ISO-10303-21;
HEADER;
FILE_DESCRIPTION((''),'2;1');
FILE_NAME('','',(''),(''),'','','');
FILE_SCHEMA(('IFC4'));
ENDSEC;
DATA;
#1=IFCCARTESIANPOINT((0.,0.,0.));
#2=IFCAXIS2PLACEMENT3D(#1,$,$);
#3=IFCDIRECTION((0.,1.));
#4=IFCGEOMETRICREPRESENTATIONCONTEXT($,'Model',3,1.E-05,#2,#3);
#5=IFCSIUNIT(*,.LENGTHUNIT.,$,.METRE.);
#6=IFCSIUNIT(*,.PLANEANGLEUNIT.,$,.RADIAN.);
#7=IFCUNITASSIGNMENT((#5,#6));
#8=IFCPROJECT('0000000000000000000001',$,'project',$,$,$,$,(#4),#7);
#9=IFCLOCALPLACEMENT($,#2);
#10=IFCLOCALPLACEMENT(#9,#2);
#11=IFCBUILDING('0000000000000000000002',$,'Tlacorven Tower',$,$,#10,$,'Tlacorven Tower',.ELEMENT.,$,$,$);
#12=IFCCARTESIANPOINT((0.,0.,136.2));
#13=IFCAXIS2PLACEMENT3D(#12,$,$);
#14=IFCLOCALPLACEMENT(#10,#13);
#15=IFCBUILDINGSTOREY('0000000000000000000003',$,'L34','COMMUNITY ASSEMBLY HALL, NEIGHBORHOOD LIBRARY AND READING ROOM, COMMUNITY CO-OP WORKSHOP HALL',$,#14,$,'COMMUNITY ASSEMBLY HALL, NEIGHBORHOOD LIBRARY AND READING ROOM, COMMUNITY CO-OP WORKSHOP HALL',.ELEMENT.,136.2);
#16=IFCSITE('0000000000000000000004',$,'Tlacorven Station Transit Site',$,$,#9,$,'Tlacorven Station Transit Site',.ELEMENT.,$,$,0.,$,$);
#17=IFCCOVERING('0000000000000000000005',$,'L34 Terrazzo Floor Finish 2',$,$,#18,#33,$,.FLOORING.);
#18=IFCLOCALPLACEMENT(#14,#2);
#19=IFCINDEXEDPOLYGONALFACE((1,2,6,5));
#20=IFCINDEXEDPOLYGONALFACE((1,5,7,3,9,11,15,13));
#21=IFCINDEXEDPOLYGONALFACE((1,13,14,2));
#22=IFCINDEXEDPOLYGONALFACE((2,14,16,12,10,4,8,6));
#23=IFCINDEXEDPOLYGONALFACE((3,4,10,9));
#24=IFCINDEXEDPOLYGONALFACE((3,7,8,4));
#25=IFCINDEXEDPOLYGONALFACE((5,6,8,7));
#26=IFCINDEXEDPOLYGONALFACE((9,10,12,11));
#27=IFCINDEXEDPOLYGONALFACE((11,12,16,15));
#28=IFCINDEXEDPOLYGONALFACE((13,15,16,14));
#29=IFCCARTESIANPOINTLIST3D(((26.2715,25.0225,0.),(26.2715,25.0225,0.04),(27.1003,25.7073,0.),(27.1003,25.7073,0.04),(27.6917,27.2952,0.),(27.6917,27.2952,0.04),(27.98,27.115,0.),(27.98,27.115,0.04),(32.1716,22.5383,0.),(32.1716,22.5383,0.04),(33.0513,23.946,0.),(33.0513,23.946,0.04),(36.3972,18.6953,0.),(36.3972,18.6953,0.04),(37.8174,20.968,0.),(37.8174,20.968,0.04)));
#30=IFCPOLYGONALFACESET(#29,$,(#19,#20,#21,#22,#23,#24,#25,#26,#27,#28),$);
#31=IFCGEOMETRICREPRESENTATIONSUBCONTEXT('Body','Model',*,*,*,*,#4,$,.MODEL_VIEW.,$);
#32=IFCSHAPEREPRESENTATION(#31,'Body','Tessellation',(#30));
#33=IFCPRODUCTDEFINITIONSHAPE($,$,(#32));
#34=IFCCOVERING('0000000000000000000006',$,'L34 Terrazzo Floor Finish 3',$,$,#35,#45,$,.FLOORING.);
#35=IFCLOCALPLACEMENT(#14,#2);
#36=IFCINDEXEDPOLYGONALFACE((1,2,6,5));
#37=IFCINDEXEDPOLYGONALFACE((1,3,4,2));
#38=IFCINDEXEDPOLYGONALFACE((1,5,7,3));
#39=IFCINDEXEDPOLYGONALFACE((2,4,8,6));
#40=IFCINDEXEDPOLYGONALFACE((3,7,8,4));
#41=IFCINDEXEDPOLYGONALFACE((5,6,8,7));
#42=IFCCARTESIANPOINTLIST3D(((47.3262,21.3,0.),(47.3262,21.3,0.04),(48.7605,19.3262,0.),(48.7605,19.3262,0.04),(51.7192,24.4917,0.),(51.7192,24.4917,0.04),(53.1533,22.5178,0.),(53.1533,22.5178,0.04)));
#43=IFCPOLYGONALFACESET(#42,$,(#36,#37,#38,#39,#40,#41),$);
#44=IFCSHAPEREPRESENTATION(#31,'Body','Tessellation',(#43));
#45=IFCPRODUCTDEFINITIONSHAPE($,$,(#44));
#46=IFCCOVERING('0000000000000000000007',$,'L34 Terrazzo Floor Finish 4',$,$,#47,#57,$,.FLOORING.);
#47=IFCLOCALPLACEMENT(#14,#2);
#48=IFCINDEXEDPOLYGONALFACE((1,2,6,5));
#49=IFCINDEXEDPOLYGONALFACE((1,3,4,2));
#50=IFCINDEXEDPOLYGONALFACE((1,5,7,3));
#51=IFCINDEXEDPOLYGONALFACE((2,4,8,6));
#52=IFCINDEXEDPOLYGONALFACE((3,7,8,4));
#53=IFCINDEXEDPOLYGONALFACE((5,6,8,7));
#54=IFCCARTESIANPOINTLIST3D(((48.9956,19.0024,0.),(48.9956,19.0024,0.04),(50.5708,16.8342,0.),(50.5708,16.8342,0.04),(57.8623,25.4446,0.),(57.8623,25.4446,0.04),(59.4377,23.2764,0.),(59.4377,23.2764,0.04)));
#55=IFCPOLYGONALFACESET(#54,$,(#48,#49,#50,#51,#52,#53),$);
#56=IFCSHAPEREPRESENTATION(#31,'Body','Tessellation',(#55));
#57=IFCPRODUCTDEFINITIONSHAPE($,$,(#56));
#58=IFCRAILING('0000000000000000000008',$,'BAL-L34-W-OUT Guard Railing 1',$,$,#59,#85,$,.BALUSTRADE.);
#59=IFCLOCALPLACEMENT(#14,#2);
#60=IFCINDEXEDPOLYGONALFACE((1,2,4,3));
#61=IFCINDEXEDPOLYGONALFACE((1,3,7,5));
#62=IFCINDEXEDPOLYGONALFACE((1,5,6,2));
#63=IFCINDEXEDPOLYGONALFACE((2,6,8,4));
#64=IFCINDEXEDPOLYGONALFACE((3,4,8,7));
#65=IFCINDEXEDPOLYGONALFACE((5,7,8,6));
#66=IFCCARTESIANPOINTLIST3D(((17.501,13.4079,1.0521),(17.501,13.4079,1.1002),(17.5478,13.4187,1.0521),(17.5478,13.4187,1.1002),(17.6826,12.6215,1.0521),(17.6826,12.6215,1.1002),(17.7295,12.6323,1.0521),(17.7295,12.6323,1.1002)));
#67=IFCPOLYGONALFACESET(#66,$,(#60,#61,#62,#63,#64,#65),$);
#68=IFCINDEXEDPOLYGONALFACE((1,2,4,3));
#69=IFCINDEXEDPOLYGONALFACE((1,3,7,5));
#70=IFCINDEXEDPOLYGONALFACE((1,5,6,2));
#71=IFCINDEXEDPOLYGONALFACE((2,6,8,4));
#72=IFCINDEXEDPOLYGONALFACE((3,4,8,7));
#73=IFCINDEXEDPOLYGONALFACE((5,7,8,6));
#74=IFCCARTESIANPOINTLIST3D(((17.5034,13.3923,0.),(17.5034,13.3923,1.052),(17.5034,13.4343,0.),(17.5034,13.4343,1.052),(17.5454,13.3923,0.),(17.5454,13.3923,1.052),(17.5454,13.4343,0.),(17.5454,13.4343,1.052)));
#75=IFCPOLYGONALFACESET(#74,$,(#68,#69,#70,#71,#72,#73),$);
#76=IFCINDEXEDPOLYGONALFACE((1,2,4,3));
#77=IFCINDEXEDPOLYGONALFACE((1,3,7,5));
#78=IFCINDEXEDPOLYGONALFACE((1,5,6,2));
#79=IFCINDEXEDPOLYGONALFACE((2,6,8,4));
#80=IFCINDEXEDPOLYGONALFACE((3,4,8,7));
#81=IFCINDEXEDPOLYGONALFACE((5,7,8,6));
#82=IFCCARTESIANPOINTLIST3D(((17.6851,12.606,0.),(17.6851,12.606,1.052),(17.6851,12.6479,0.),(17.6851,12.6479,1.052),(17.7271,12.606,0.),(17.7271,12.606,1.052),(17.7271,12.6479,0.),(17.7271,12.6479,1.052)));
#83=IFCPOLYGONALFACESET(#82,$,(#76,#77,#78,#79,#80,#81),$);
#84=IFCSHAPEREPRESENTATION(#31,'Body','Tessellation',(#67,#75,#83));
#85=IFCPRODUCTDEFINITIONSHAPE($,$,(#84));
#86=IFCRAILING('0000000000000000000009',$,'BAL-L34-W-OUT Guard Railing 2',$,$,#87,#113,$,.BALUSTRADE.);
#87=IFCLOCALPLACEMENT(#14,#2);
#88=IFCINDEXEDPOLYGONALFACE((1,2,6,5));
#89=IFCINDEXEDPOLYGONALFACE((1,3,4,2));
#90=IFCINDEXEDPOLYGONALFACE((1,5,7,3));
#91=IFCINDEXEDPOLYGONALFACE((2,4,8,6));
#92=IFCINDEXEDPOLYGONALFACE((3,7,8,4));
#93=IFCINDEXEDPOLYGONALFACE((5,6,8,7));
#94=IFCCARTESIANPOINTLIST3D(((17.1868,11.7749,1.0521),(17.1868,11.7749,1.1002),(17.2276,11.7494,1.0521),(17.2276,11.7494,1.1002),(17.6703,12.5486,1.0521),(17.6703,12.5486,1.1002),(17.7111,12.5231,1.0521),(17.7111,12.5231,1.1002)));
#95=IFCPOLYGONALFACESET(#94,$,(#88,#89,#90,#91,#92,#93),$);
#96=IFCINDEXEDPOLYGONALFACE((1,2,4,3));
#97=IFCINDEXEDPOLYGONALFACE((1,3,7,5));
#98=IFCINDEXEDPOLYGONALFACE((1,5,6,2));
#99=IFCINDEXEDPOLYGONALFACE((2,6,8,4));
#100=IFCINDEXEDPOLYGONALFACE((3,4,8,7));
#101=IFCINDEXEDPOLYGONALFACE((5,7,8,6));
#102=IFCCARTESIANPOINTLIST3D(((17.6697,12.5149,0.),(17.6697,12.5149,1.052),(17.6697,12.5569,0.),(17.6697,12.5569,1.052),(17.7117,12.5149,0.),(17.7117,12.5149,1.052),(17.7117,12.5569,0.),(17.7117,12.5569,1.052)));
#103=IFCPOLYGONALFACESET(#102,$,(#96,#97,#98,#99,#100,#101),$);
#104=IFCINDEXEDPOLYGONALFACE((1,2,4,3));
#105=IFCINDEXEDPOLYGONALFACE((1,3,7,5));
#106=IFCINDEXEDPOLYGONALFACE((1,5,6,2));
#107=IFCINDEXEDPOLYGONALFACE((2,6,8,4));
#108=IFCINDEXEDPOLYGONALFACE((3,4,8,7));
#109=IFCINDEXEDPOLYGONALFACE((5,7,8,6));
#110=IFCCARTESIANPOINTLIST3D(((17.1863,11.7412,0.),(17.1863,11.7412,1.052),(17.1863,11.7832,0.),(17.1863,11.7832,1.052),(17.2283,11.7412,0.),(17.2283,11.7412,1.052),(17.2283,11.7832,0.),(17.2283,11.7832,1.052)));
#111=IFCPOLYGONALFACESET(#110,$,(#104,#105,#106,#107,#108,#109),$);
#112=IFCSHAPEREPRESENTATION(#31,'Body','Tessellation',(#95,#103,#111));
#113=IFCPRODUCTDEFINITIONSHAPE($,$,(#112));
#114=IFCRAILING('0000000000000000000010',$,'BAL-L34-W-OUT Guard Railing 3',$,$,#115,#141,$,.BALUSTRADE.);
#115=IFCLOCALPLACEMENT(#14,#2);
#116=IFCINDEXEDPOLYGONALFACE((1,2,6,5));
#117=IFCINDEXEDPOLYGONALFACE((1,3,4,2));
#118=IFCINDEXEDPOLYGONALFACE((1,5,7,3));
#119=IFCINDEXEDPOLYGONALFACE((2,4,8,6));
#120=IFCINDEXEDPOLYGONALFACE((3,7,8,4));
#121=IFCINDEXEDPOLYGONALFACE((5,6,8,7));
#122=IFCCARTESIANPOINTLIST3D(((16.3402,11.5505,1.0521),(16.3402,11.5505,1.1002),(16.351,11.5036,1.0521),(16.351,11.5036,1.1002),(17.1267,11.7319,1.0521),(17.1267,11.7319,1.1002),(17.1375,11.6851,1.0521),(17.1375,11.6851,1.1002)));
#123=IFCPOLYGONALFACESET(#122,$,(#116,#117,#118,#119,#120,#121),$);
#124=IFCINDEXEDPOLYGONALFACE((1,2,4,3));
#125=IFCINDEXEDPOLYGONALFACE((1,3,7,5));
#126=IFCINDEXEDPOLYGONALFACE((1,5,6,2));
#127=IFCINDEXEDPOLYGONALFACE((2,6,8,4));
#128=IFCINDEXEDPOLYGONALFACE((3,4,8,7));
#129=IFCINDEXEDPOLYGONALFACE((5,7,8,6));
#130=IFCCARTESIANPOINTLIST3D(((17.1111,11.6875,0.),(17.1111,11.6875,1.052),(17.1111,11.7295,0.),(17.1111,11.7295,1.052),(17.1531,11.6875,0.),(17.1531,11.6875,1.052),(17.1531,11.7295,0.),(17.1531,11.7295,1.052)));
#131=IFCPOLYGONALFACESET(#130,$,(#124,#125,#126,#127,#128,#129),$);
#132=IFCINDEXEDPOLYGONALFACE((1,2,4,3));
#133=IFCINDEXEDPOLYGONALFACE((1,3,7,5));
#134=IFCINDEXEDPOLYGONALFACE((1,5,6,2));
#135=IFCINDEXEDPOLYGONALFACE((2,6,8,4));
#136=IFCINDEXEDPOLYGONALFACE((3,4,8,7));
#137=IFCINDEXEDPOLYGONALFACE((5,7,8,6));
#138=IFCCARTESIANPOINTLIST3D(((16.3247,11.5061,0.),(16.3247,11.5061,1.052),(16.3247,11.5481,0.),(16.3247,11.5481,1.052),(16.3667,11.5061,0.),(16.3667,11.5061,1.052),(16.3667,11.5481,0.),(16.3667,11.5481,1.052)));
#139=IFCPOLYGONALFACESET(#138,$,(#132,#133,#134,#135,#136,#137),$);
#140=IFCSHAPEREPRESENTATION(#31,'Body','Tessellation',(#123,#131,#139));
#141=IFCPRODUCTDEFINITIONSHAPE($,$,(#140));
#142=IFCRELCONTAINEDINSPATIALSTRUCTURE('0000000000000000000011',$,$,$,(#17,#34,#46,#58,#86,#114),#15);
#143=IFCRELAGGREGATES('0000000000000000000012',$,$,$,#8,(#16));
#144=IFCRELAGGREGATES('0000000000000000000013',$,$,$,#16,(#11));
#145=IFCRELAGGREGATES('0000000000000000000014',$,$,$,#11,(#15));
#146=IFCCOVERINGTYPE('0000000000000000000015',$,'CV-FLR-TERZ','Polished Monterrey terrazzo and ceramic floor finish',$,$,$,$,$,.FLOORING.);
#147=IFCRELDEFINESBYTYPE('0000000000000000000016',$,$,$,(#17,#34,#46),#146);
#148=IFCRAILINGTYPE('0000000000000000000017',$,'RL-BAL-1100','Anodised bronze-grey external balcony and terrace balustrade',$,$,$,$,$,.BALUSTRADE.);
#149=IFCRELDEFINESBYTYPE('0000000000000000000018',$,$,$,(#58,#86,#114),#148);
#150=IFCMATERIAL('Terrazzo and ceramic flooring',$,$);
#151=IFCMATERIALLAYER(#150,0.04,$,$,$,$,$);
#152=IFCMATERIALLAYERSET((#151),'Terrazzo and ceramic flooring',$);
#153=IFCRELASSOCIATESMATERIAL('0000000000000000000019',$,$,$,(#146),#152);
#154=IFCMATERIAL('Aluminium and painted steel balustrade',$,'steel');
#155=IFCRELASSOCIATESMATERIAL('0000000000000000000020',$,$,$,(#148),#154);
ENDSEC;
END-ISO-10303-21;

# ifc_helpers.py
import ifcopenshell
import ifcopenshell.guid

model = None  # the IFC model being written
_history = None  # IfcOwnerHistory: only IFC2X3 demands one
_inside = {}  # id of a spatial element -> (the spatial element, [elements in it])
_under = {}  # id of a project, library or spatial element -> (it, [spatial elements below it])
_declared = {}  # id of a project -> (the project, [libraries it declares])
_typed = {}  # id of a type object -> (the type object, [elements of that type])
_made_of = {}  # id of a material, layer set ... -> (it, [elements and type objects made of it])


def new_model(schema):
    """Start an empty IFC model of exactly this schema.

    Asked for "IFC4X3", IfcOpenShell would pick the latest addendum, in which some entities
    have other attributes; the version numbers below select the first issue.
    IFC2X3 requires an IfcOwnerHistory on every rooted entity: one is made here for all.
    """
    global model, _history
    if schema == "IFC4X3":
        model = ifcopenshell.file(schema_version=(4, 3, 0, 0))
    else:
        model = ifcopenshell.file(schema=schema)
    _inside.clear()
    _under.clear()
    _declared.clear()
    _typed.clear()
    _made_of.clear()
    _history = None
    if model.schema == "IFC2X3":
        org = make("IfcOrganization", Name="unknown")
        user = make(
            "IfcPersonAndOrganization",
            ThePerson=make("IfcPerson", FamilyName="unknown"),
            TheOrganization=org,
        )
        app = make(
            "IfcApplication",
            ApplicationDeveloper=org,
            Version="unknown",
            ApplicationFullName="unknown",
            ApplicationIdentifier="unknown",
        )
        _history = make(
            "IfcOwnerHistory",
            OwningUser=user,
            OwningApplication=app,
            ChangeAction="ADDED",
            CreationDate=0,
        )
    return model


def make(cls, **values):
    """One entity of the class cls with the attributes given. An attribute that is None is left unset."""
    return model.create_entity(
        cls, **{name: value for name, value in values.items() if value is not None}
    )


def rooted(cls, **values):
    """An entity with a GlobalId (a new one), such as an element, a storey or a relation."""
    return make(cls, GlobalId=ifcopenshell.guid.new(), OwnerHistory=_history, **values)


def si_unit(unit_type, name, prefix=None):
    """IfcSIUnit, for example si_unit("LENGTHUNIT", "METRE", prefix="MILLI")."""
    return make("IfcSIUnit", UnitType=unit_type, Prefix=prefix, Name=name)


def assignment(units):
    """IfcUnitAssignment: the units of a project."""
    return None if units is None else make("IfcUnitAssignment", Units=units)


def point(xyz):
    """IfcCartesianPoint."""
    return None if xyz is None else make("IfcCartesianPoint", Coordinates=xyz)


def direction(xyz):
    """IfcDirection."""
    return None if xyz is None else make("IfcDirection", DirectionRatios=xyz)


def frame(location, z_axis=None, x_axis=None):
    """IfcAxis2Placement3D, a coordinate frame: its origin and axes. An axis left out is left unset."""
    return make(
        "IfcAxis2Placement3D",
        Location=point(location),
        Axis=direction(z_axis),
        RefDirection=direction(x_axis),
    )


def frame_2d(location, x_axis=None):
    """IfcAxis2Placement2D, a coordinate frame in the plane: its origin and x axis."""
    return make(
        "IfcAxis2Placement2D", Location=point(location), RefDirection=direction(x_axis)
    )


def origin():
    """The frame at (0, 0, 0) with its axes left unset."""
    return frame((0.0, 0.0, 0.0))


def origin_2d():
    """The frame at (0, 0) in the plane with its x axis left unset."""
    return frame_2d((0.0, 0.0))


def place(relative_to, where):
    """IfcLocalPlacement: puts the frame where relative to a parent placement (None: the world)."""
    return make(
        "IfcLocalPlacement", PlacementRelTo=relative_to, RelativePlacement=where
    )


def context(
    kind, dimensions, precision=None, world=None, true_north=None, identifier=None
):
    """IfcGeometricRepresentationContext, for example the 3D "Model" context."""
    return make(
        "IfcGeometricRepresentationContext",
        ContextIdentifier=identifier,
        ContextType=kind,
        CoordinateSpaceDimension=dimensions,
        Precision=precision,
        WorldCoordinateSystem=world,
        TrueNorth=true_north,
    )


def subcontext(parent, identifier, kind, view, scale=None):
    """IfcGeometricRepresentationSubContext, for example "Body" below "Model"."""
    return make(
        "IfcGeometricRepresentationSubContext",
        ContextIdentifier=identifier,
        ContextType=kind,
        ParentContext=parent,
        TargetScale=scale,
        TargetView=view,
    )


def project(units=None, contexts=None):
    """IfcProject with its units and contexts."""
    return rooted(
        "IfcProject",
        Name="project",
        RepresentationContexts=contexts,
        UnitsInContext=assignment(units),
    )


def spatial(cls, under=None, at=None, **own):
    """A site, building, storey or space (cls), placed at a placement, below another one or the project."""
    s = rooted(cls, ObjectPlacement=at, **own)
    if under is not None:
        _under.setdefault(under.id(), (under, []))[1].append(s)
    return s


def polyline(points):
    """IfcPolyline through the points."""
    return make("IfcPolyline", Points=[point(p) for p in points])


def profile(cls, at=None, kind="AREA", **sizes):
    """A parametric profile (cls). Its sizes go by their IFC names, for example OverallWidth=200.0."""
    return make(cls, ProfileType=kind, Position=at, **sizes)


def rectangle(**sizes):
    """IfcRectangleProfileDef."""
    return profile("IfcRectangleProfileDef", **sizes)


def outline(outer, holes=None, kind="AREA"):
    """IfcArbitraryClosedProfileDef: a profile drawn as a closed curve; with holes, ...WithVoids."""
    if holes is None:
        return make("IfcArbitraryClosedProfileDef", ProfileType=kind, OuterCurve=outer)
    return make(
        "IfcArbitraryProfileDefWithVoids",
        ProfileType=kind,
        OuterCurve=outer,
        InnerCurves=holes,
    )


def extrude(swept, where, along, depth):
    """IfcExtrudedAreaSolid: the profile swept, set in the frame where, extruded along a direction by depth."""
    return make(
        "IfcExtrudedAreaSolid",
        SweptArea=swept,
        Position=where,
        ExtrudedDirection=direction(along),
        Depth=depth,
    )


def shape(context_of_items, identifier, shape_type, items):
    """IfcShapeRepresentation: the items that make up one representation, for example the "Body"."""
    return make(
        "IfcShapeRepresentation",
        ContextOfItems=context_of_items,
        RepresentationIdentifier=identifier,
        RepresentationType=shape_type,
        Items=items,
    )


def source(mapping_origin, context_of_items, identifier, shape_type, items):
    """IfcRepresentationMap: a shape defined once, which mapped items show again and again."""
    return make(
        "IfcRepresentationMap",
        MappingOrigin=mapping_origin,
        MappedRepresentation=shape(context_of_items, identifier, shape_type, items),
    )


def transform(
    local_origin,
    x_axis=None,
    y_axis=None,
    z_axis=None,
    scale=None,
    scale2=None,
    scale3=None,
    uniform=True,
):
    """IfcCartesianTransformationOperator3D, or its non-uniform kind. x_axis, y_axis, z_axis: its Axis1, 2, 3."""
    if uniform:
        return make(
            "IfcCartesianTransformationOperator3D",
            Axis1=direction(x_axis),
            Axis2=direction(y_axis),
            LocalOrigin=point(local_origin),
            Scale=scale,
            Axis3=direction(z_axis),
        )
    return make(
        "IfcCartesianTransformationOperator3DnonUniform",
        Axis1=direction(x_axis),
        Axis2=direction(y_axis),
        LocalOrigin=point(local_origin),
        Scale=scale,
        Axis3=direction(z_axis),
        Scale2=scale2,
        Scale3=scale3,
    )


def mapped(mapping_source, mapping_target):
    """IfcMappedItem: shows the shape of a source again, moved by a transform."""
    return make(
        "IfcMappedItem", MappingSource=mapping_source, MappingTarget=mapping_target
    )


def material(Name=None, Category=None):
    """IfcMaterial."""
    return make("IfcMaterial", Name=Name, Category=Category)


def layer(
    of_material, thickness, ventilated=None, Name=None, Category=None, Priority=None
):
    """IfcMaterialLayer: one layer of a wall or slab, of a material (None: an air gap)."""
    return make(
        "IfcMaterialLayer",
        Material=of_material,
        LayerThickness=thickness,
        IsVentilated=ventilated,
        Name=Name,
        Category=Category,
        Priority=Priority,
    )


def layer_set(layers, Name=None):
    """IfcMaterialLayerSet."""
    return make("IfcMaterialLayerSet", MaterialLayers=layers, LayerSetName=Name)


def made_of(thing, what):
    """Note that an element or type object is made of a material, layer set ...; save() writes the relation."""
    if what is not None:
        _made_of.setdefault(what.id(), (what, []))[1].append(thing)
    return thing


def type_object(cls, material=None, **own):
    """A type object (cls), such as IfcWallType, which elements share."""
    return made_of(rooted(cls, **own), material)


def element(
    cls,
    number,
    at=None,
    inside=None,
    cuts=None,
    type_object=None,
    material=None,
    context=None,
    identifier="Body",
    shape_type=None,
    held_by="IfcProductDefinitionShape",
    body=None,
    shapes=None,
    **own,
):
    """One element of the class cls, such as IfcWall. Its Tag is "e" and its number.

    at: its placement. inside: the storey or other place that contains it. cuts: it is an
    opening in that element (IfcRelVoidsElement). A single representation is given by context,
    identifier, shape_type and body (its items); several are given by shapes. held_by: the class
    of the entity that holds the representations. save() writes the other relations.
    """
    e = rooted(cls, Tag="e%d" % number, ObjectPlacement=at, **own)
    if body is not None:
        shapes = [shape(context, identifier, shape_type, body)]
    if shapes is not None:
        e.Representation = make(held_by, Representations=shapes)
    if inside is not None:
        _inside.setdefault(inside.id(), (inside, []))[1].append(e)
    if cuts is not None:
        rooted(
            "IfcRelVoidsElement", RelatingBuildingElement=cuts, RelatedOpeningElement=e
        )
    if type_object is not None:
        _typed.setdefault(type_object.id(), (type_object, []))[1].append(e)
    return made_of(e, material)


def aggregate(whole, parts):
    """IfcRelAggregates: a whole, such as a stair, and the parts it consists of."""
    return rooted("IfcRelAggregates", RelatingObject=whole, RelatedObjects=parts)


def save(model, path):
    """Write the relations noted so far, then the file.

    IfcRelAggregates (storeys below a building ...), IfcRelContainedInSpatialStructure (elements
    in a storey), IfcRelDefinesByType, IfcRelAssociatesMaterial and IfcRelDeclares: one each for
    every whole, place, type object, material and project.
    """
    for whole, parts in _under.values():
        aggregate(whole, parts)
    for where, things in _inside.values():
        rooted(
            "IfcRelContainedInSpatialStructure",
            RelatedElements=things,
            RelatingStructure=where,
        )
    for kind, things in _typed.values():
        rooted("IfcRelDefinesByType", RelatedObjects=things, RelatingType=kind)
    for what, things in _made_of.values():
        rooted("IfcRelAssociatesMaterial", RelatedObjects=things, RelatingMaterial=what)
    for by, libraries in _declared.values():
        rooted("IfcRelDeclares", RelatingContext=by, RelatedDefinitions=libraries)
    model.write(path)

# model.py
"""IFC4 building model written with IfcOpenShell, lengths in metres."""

from ifc_helpers import new_model, si_unit, direction, frame, origin, origin_2d, place, context, subcontext, project, spatial, polyline, rectangle, outline, extrude, source, transform, mapped, material, layer, layer_set, type_object, element, save


model = new_model("IFC4")

# Units and contexts
model_context = context("Model", 3, precision=1e-05, world=origin(), true_north=direction((0.0, 1.0)))
body_context = subcontext(model_context, "Body", "Model", "MODEL_VIEW")
ifc_project = project(units=[si_unit("LENGTHUNIT", "METRE"), si_unit("PLANEANGLEUNIT", "RADIAN")], contexts=[model_context])

# Site, building, storey
site_placement = place(None, origin())
site = spatial("IfcSite", under=ifc_project, at=site_placement, Name="Tlacorven Station Transit Site", LongName="Tlacorven Station Transit Site", CompositionType="ELEMENT", RefElevation=0.0)
building_placement = place(site_placement, origin())
building = spatial("IfcBuilding", under=site, at=building_placement, Name="Tlacorven Tower", LongName="Tlacorven Tower", CompositionType="ELEMENT")
storey_placement = place(building_placement, frame((0.0, 0.0, 136.2)))
storey = spatial("IfcBuildingStorey", under=building, at=storey_placement, Name="L34", Description="COMMUNITY ASSEMBLY HALL, NEIGHBORHOOD LIBRARY AND READING ROOM, COMMUNITY CO-OP WORKSHOP HALL", LongName="COMMUNITY ASSEMBLY HALL, NEIGHBORHOOD LIBRARY AND READING ROOM, COMMUNITY CO-OP WORKSHOP HALL", CompositionType="ELEMENT", Elevation=136.2)

# Coverings
ifc_material_1 = material(Name="Terrazzo and ceramic flooring")
ifc_layer_1 = layer(ifc_material_1, 0.04)
ifc_layer_set_1 = layer_set([ifc_layer_1], Name="Terrazzo and ceramic flooring")
covering_type_1 = type_object("IfcCoveringType", Name="CV-FLR-TERZ", Description="Polished Monterrey terrazzo and ceramic floor finish", PredefinedType="FLOORING", material=ifc_layer_set_1)
covering_1_placement = place(storey_placement, origin())
element("IfcCovering", 1, at=covering_1_placement, inside=storey, type_object=covering_type_1, Name="L34 Terrazzo Floor Finish 2", PredefinedType="FLOORING", context=body_context, shape_type="SweptSolid", body=[
    extrude(outline(polyline([(37.8174, 20.968), (36.3972, 18.6953), (26.2715, 25.0225), (27.6917, 27.2952), (27.98, 27.115), (27.1003, 25.7073), (32.1716, 22.5383), (33.0513, 23.946), (37.8174, 20.968)])), origin(), (0.0, 0.0, 1.0), 0.04),
])
covering_2_placement = place(storey_placement, origin())
element("IfcCovering", 2, at=covering_2_placement, inside=storey, type_object=covering_type_1, Name="L34 Terrazzo Floor Finish 3", PredefinedType="FLOORING", context=body_context, shape_type="SweptSolid", body=[
    extrude(outline(polyline([(48.7605, 19.3262), (47.3262, 21.3), (51.7192, 24.4917), (53.1533, 22.5178), (48.7605, 19.3262)])), origin(), (0.0, 0.0, 1.0), 0.04),
])
covering_3_placement = place(storey_placement, origin())
element("IfcCovering", 3, at=covering_3_placement, inside=storey, type_object=covering_type_1, Name="L34 Terrazzo Floor Finish 4", PredefinedType="FLOORING", context=body_context, shape_type="SweptSolid", body=[
    extrude(outline(polyline([(50.5708, 16.8342), (48.9956, 19.0024), (57.8623, 25.4446), (59.4377, 23.2764), (50.5708, 16.8342)])), origin(), (0.0, 0.0, 1.0), 0.04),
])

# Railings
ifc_material_2 = material(Name="Aluminium and painted steel balustrade", Category="steel")
railing_type = type_object("IfcRailingType", Name="RL-BAL-1100", Description="Anodised bronze-grey external balcony and terrace balustrade", PredefinedType="BALUSTRADE", material=ifc_material_2)
shared_shape_1 = source(origin(), body_context, "Body", "SweptSolid", [
    extrude(rectangle(XDim=0.0481, YDim=0.0481, at=origin_2d()), frame((0.0, 0.0, 1.0762), z_axis=(0.225058, -0.974345, 0.0), x_axis=(0.974345, 0.225058, 0.0)), (0.0, 0.0, 1.0), 0.8071),
    extrude(rectangle(XDim=0.042, YDim=0.042, at=origin_2d()), origin(), (0.0, 0.0, 1.0), 1.052),
    extrude(rectangle(XDim=0.042, YDim=0.042, at=origin_2d()), frame((0.1816, -0.7864, 0.0)), (0.0, 0.0, 1.0), 1.052),
])
railing_1_placement = place(storey_placement, frame((17.5244, 13.4133, 0.0)))
element("IfcRailing", 4, at=railing_1_placement, inside=storey, type_object=railing_type, Name="BAL-L34-W-OUT Guard Railing 1", PredefinedType="BALUSTRADE", context=body_context, shape_type="MappedRepresentation", body=[
    mapped(shared_shape_1, transform((0.0, 0.0, 0.0), scale=1.0)),
])
shared_shape_2 = source(origin(), body_context, "Body", "SweptSolid", [
    extrude(rectangle(XDim=0.0481, YDim=0.0481, at=origin_2d()), frame((0.0, 0.0, 1.0762), z_axis=(-0.529879, -0.848073, 0.0), x_axis=(0.848073, -0.529879, 0.0)), (0.0, 0.0, 1.0), 0.9124),
    extrude(rectangle(XDim=0.042, YDim=0.042, at=origin_2d()), origin(), (0.0, 0.0, 1.0), 1.052),
    extrude(rectangle(XDim=0.042, YDim=0.042, at=origin_2d()), frame((-0.4834, -0.7737, 0.0)), (0.0, 0.0, 1.0), 1.052),
])
railing_2_placement = place(storey_placement, frame((17.6907, 12.5359, 0.0)))
element("IfcRailing", 5, at=railing_2_placement, inside=storey, type_object=railing_type, Name="BAL-L34-W-OUT Guard Railing 2", PredefinedType="BALUSTRADE", context=body_context, shape_type="MappedRepresentation", body=[
    mapped(shared_shape_2, transform((0.0, 0.0, 0.0), scale=1.0)),
])
shared_shape_3 = source(origin(), body_context, "Body", "SweptSolid", [
    extrude(rectangle(XDim=0.0481, YDim=0.0481, at=origin_2d()), frame((0.0, 0.0, 1.0762), z_axis=(-0.974412, -0.224771, 0.0), x_axis=(0.224771, -0.974412, 0.0)), (0.0, 0.0, 1.0), 0.8071),
    extrude(rectangle(XDim=0.042, YDim=0.042, at=origin_2d()), origin(), (0.0, 0.0, 1.0), 1.052),
    extrude(rectangle(XDim=0.042, YDim=0.042, at=origin_2d()), frame((-0.7864, -0.1814, 0.0)), (0.0, 0.0, 1.0), 1.052),
])
railing_3_placement = place(storey_placement, frame((17.1321, 11.7085, 0.0)))
element("IfcRailing", 6, at=railing_3_placement, inside=storey, type_object=railing_type, Name="BAL-L34-W-OUT Guard Railing 3", PredefinedType="BALUSTRADE", context=body_context, shape_type="MappedRepresentation", body=[
    mapped(shared_shape_3, transform((0.0, 0.0, 0.0), scale=1.0)),
])

save(model, "model.ifc")
